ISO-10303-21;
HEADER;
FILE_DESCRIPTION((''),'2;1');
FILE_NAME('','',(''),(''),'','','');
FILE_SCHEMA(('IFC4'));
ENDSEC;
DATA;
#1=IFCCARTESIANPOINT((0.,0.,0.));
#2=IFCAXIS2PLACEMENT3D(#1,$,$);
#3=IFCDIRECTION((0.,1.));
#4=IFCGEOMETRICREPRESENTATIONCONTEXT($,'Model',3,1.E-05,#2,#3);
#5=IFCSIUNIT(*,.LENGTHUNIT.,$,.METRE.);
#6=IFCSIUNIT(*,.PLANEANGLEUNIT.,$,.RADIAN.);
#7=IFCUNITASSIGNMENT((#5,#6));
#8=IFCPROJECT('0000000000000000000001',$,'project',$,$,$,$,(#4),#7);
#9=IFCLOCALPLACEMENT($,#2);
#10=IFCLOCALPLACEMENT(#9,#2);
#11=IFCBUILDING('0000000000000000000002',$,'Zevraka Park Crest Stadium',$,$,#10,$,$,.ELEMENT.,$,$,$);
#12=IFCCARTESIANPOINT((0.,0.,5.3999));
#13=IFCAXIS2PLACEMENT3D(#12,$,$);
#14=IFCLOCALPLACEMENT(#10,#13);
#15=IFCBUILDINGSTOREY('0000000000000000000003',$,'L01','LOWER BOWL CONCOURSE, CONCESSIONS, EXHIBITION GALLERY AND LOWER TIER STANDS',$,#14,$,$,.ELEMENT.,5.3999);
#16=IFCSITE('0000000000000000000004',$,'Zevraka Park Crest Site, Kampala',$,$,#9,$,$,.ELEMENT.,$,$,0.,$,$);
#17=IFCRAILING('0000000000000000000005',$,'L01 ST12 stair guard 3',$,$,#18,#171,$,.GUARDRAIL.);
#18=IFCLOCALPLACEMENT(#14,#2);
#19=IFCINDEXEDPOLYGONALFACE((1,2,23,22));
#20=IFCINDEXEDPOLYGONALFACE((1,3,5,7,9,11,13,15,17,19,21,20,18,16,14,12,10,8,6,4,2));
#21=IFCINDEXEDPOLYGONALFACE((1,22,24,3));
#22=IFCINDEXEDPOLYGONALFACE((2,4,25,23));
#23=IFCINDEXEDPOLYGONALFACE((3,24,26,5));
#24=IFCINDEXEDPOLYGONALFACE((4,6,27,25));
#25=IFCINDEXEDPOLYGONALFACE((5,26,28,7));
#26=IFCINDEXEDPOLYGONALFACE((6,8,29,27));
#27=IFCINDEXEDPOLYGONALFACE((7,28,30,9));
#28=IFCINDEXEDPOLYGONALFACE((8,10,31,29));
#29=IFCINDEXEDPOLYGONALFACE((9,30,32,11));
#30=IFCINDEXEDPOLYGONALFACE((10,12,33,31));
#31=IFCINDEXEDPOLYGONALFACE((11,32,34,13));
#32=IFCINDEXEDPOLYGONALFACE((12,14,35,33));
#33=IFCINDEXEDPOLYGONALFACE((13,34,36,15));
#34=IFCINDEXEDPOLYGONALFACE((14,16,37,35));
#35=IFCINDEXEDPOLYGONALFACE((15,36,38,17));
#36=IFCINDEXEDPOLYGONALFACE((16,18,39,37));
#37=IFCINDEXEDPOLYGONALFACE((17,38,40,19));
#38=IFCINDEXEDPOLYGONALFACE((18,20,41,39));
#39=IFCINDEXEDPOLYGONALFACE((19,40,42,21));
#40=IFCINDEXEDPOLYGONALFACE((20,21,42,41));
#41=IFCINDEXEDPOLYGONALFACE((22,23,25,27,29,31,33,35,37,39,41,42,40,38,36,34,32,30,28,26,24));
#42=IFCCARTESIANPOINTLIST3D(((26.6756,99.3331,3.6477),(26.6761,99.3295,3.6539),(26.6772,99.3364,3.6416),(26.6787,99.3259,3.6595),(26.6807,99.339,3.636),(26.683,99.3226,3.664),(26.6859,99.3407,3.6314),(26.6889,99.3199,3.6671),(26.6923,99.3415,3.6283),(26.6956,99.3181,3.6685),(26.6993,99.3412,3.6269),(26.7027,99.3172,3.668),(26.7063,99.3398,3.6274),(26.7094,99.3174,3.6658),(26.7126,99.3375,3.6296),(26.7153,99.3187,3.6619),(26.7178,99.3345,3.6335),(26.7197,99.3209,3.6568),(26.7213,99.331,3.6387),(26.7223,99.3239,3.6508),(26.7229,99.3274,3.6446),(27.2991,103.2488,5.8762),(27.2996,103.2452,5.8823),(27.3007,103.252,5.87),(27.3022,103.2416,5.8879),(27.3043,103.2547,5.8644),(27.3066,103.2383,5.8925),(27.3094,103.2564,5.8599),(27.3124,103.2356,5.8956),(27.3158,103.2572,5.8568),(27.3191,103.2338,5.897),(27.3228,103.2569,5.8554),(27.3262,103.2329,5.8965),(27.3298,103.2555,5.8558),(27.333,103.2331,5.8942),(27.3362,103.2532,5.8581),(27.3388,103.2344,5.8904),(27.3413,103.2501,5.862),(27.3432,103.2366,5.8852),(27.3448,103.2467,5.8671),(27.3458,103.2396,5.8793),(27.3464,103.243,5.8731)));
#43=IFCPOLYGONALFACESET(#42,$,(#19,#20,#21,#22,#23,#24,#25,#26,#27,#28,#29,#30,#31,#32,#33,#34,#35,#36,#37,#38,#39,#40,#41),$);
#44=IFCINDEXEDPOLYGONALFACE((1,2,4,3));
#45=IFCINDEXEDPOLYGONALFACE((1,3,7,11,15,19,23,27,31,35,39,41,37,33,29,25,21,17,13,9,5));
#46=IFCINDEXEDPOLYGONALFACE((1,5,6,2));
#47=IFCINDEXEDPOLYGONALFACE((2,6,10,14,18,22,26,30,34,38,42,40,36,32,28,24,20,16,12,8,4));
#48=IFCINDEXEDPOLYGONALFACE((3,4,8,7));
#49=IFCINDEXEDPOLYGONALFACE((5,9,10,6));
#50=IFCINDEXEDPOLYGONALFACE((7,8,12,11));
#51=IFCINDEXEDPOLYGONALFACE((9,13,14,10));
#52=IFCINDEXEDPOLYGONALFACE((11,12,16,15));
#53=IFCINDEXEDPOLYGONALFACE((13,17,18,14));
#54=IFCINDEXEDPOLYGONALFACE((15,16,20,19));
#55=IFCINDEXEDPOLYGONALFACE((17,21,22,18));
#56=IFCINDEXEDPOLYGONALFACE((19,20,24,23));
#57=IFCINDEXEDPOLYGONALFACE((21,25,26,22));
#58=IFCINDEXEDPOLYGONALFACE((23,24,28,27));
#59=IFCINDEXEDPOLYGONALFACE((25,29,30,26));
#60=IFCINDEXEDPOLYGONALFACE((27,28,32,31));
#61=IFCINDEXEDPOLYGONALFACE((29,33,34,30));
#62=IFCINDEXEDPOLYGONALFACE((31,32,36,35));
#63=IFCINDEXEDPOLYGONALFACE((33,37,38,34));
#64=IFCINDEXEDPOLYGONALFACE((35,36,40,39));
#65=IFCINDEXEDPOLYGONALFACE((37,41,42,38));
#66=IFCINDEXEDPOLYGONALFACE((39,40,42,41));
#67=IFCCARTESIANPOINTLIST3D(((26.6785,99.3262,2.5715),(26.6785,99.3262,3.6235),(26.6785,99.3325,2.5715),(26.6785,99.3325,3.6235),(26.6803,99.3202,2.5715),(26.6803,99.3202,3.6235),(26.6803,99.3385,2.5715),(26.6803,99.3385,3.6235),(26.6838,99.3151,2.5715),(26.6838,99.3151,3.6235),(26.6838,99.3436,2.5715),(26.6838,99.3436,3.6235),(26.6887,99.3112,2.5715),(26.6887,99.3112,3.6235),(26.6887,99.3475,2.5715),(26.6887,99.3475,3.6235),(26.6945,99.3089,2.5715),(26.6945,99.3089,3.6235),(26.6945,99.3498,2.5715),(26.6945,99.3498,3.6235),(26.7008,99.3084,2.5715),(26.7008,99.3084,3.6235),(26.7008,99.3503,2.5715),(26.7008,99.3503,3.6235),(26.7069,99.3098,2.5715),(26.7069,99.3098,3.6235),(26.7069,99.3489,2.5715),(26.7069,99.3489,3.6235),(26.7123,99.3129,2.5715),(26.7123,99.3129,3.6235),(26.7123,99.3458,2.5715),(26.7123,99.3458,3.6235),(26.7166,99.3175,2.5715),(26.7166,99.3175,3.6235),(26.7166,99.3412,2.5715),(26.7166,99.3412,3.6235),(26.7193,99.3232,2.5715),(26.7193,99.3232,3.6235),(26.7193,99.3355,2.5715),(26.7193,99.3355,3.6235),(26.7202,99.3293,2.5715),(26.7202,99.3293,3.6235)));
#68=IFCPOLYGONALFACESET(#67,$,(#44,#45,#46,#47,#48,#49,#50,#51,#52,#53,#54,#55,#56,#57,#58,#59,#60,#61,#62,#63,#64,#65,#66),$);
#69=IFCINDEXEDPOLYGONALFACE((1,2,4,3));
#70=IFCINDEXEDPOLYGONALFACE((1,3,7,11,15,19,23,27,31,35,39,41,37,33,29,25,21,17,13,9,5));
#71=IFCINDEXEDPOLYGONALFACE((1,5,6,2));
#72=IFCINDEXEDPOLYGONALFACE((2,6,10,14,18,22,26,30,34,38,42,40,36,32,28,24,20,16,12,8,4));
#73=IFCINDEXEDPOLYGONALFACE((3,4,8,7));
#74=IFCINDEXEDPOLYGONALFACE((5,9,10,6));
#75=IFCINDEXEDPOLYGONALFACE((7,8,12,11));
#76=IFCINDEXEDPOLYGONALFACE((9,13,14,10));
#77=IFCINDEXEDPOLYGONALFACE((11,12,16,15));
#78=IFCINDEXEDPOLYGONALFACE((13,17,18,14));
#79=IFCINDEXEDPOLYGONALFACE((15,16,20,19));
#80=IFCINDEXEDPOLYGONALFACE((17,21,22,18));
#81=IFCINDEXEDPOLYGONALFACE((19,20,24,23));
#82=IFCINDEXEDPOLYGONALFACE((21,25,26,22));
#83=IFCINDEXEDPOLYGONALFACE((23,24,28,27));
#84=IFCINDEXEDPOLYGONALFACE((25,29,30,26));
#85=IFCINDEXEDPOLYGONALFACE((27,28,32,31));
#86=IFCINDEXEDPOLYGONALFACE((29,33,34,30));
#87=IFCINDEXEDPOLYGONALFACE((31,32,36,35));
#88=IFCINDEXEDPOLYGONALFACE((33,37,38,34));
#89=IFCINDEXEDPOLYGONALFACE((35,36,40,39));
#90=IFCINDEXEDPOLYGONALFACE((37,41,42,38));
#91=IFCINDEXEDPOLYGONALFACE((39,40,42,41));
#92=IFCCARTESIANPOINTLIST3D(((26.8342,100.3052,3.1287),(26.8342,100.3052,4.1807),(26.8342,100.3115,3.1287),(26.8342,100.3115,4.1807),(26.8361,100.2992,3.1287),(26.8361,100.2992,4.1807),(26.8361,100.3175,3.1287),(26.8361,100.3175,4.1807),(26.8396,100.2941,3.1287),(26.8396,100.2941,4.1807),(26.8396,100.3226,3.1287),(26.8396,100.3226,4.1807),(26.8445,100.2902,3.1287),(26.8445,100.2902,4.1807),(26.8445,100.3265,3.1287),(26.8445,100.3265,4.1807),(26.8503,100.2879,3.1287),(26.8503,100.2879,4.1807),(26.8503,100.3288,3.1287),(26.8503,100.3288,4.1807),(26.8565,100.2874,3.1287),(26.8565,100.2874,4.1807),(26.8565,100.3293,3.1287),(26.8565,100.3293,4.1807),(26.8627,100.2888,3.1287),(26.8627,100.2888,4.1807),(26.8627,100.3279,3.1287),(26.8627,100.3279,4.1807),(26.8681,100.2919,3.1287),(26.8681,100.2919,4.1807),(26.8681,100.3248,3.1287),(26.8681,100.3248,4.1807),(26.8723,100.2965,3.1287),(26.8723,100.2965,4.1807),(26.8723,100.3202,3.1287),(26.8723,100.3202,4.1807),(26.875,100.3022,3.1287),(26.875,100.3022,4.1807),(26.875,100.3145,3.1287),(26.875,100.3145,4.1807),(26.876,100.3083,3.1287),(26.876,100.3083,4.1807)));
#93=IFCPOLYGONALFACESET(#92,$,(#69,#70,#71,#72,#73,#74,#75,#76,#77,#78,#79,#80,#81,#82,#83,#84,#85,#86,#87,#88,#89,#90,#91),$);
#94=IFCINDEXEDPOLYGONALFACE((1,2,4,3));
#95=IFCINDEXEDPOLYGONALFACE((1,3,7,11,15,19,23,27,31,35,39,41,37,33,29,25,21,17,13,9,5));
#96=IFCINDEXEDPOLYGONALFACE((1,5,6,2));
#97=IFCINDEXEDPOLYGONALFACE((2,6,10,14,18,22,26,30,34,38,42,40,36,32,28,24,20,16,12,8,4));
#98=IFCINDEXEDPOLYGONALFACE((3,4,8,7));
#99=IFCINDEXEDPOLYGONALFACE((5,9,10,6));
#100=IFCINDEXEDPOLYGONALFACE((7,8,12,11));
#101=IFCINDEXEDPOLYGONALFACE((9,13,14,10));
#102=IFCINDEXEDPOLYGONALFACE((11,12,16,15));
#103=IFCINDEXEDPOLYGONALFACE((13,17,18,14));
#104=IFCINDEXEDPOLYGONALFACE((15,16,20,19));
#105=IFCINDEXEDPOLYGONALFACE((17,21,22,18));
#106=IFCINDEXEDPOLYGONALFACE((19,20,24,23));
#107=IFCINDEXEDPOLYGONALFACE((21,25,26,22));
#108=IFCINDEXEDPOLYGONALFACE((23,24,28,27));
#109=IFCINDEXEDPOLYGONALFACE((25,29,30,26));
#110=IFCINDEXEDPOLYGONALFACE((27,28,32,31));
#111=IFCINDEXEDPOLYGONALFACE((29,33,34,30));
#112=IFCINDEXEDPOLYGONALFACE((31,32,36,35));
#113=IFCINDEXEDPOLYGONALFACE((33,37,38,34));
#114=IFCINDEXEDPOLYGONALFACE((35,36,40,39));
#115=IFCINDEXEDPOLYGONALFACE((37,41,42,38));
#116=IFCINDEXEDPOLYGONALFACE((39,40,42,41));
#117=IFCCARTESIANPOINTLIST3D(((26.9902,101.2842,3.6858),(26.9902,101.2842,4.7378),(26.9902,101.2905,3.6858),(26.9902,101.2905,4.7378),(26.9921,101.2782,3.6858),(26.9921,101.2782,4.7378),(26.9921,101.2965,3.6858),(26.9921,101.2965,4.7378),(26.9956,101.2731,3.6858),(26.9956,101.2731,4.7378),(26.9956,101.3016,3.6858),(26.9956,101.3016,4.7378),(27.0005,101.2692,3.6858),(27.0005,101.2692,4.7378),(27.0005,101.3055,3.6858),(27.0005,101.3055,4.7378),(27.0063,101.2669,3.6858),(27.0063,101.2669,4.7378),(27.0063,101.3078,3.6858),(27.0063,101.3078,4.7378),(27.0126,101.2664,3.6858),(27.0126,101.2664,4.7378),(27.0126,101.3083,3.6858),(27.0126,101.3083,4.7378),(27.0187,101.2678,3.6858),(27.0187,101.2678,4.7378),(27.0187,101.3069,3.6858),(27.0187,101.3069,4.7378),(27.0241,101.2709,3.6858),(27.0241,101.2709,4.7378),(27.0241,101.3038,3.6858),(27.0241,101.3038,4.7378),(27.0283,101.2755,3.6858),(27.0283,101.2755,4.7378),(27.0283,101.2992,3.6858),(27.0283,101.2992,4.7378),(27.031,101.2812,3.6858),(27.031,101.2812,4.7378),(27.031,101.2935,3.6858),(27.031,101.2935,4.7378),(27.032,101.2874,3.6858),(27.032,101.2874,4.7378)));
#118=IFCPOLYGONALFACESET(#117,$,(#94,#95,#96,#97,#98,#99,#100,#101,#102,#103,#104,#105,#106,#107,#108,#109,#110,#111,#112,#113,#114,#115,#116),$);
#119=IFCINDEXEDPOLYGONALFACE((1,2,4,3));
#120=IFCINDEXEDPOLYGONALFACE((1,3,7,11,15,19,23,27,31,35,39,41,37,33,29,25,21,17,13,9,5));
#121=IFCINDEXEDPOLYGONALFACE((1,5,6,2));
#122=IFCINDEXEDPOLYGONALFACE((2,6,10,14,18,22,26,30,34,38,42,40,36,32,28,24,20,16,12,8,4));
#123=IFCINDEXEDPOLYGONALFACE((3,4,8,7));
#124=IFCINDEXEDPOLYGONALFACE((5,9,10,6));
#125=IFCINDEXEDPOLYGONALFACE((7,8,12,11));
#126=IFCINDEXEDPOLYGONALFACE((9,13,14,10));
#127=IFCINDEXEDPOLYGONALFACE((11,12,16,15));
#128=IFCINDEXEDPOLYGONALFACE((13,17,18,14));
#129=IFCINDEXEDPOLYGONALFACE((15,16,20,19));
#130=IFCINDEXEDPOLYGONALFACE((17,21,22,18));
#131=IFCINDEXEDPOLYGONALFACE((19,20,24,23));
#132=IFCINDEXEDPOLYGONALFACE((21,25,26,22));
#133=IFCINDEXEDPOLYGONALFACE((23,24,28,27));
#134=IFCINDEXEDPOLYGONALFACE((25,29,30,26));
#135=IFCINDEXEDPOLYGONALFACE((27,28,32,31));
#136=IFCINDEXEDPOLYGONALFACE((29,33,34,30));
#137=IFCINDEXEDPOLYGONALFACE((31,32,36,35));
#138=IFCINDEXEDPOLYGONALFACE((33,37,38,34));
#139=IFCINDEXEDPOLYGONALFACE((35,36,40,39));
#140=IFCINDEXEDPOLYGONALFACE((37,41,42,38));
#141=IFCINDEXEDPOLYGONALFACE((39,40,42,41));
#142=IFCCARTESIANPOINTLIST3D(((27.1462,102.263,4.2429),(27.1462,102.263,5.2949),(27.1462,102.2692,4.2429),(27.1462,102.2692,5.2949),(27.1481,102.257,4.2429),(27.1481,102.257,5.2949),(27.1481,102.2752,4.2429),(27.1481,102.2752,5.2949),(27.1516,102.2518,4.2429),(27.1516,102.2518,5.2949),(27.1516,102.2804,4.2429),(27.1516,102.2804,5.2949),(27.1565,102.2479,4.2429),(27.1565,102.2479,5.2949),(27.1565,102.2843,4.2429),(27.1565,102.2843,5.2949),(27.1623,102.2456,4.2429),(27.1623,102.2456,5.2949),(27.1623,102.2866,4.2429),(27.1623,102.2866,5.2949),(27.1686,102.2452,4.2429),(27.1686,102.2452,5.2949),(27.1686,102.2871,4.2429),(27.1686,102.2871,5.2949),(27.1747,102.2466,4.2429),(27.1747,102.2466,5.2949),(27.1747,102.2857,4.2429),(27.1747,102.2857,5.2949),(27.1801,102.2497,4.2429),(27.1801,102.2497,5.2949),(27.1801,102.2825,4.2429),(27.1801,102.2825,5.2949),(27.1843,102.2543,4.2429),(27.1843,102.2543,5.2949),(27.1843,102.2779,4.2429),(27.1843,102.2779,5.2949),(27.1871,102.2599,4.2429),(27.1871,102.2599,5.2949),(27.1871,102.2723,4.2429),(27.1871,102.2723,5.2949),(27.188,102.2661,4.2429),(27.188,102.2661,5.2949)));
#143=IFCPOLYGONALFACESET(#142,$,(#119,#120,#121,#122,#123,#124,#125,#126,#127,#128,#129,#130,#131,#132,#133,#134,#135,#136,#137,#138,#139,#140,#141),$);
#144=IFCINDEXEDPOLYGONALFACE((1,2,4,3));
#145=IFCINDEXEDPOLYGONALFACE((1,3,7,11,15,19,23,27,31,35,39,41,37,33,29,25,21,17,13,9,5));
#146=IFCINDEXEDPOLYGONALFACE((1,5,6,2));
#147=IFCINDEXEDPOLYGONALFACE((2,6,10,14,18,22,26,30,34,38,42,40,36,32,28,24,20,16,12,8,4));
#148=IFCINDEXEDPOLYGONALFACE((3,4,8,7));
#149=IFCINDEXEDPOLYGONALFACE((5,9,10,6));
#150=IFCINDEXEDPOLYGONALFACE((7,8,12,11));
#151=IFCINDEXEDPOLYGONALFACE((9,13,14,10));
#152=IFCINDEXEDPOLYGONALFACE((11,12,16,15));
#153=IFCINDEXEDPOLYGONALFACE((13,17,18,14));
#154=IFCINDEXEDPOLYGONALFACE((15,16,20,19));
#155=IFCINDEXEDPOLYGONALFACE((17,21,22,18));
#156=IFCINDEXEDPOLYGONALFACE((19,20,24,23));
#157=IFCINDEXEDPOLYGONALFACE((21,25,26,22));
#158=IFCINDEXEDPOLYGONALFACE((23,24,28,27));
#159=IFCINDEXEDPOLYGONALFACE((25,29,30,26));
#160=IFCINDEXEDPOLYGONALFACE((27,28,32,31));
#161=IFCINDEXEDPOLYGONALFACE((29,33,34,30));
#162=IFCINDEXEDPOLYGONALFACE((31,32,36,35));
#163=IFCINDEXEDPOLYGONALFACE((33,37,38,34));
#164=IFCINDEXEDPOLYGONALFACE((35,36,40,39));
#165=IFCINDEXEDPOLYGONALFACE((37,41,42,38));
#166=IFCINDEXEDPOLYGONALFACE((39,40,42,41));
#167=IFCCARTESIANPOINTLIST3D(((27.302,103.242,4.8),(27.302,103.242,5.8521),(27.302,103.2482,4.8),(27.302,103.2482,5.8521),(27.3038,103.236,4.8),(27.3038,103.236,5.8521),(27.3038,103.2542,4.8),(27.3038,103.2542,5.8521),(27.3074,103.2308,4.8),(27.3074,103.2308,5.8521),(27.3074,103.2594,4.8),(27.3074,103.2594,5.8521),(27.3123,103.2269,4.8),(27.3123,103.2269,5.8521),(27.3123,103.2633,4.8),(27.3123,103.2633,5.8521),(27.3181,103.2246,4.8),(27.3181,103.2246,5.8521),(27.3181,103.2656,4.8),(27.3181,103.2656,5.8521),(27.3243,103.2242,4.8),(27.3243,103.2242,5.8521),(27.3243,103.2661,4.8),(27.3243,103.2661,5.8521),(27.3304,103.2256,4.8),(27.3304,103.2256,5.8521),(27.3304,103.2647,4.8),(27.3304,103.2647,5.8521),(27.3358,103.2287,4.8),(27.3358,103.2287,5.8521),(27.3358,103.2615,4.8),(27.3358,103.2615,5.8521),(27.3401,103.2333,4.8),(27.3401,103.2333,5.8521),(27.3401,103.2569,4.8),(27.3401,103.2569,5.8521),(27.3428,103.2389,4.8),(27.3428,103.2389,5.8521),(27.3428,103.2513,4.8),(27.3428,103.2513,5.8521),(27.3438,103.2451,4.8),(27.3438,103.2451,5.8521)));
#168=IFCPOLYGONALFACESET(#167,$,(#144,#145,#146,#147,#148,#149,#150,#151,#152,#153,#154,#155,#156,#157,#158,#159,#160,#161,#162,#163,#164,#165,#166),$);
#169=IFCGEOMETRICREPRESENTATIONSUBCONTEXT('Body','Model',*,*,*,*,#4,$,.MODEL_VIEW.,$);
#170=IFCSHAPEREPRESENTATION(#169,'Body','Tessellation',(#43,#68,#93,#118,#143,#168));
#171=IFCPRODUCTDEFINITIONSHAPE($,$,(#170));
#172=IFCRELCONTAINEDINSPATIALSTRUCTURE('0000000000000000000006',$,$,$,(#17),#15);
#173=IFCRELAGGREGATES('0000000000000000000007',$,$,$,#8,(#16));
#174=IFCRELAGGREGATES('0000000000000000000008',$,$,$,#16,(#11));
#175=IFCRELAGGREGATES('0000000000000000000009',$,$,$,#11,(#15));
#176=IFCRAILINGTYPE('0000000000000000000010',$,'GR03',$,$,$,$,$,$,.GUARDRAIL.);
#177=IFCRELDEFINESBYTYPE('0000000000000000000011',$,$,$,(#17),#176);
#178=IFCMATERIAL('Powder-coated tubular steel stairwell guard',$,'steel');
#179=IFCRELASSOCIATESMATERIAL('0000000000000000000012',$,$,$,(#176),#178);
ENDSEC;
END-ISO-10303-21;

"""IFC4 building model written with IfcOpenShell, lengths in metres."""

from ifc_helpers import new_model, si_unit, direction, frame, origin, origin_2d, place, context, subcontext, project, spatial, circle, extrude, material, type_object, element, save


model = new_model("IFC4")

# Units and contexts
model_context = context("Model", 3, precision=1e-05, world=origin(), true_north=direction((0.0, 1.0)))
body_context = subcontext(model_context, "Body", "Model", "MODEL_VIEW")
ifc_project = project(units=[si_unit("LENGTHUNIT", "METRE"), si_unit("PLANEANGLEUNIT", "RADIAN")], contexts=[model_context])

# Site, building, storey
site_placement = place(None, origin())
site = spatial("IfcSite", under=ifc_project, at=site_placement, Name="Zevraka Park Crest Site, Kampala", CompositionType="ELEMENT", RefElevation=0.0)
building_placement = place(site_placement, origin())
building = spatial("IfcBuilding", under=site, at=building_placement, Name="Zevraka Park Crest Stadium", CompositionType="ELEMENT")
storey_placement = place(building_placement, frame((0.0, 0.0, 5.3999)))
storey = spatial("IfcBuildingStorey", under=building, at=storey_placement, Name="L01", Description="LOWER BOWL CONCOURSE, CONCESSIONS, EXHIBITION GALLERY AND LOWER TIER STANDS", CompositionType="ELEMENT", Elevation=5.3999)

# Railing
ifc_material_1 = material(Name="Powder-coated tubular steel stairwell guard", Category="steel")
railing_type_1 = type_object("IfcRailingType", Name="GR03", PredefinedType="GUARDRAIL", material=ifc_material_1)
railing_1_placement = place(storey_placement, frame((26.6992, 99.3293, 2.5715)))
element("IfcRailing", 1, at=railing_1_placement, inside=storey, type_object=railing_type_1, Name="L01 ST12 stair guard 3", PredefinedType="GUARDRAIL", context=body_context, shape_type="SweptSolid", body=[
    extrude(circle(Radius=0.0239, at=origin_2d()), frame((0.0, 0.0, 1.0762), z_axis=(0.137088, 0.860903, 0.489951), x_axis=(-0.987558, 0.157256, 0.0)), (0.0, 0.0, 1.0), 4.5483),
    extrude(circle(Radius=0.021, at=origin_2d()), origin(), (0.0, 0.0, 1.0), 1.052),
    extrude(circle(Radius=0.021, at=origin_2d()), frame((0.1558, 0.979, 0.5571)), (0.0, 0.0, 1.0), 1.052),
    extrude(circle(Radius=0.021, at=origin_2d()), frame((0.3118, 1.958, 1.1143)), (0.0, 0.0, 1.0), 1.052),
    extrude(circle(Radius=0.021, at=origin_2d()), frame((0.4678, 2.9368, 1.6714)), (0.0, 0.0, 1.0), 1.052),
    extrude(circle(Radius=0.021, at=origin_2d()), frame((0.6235, 3.9158, 2.2285)), (0.0, 0.0, 1.0), 1.052),
])

save(model, "model.ifc")
